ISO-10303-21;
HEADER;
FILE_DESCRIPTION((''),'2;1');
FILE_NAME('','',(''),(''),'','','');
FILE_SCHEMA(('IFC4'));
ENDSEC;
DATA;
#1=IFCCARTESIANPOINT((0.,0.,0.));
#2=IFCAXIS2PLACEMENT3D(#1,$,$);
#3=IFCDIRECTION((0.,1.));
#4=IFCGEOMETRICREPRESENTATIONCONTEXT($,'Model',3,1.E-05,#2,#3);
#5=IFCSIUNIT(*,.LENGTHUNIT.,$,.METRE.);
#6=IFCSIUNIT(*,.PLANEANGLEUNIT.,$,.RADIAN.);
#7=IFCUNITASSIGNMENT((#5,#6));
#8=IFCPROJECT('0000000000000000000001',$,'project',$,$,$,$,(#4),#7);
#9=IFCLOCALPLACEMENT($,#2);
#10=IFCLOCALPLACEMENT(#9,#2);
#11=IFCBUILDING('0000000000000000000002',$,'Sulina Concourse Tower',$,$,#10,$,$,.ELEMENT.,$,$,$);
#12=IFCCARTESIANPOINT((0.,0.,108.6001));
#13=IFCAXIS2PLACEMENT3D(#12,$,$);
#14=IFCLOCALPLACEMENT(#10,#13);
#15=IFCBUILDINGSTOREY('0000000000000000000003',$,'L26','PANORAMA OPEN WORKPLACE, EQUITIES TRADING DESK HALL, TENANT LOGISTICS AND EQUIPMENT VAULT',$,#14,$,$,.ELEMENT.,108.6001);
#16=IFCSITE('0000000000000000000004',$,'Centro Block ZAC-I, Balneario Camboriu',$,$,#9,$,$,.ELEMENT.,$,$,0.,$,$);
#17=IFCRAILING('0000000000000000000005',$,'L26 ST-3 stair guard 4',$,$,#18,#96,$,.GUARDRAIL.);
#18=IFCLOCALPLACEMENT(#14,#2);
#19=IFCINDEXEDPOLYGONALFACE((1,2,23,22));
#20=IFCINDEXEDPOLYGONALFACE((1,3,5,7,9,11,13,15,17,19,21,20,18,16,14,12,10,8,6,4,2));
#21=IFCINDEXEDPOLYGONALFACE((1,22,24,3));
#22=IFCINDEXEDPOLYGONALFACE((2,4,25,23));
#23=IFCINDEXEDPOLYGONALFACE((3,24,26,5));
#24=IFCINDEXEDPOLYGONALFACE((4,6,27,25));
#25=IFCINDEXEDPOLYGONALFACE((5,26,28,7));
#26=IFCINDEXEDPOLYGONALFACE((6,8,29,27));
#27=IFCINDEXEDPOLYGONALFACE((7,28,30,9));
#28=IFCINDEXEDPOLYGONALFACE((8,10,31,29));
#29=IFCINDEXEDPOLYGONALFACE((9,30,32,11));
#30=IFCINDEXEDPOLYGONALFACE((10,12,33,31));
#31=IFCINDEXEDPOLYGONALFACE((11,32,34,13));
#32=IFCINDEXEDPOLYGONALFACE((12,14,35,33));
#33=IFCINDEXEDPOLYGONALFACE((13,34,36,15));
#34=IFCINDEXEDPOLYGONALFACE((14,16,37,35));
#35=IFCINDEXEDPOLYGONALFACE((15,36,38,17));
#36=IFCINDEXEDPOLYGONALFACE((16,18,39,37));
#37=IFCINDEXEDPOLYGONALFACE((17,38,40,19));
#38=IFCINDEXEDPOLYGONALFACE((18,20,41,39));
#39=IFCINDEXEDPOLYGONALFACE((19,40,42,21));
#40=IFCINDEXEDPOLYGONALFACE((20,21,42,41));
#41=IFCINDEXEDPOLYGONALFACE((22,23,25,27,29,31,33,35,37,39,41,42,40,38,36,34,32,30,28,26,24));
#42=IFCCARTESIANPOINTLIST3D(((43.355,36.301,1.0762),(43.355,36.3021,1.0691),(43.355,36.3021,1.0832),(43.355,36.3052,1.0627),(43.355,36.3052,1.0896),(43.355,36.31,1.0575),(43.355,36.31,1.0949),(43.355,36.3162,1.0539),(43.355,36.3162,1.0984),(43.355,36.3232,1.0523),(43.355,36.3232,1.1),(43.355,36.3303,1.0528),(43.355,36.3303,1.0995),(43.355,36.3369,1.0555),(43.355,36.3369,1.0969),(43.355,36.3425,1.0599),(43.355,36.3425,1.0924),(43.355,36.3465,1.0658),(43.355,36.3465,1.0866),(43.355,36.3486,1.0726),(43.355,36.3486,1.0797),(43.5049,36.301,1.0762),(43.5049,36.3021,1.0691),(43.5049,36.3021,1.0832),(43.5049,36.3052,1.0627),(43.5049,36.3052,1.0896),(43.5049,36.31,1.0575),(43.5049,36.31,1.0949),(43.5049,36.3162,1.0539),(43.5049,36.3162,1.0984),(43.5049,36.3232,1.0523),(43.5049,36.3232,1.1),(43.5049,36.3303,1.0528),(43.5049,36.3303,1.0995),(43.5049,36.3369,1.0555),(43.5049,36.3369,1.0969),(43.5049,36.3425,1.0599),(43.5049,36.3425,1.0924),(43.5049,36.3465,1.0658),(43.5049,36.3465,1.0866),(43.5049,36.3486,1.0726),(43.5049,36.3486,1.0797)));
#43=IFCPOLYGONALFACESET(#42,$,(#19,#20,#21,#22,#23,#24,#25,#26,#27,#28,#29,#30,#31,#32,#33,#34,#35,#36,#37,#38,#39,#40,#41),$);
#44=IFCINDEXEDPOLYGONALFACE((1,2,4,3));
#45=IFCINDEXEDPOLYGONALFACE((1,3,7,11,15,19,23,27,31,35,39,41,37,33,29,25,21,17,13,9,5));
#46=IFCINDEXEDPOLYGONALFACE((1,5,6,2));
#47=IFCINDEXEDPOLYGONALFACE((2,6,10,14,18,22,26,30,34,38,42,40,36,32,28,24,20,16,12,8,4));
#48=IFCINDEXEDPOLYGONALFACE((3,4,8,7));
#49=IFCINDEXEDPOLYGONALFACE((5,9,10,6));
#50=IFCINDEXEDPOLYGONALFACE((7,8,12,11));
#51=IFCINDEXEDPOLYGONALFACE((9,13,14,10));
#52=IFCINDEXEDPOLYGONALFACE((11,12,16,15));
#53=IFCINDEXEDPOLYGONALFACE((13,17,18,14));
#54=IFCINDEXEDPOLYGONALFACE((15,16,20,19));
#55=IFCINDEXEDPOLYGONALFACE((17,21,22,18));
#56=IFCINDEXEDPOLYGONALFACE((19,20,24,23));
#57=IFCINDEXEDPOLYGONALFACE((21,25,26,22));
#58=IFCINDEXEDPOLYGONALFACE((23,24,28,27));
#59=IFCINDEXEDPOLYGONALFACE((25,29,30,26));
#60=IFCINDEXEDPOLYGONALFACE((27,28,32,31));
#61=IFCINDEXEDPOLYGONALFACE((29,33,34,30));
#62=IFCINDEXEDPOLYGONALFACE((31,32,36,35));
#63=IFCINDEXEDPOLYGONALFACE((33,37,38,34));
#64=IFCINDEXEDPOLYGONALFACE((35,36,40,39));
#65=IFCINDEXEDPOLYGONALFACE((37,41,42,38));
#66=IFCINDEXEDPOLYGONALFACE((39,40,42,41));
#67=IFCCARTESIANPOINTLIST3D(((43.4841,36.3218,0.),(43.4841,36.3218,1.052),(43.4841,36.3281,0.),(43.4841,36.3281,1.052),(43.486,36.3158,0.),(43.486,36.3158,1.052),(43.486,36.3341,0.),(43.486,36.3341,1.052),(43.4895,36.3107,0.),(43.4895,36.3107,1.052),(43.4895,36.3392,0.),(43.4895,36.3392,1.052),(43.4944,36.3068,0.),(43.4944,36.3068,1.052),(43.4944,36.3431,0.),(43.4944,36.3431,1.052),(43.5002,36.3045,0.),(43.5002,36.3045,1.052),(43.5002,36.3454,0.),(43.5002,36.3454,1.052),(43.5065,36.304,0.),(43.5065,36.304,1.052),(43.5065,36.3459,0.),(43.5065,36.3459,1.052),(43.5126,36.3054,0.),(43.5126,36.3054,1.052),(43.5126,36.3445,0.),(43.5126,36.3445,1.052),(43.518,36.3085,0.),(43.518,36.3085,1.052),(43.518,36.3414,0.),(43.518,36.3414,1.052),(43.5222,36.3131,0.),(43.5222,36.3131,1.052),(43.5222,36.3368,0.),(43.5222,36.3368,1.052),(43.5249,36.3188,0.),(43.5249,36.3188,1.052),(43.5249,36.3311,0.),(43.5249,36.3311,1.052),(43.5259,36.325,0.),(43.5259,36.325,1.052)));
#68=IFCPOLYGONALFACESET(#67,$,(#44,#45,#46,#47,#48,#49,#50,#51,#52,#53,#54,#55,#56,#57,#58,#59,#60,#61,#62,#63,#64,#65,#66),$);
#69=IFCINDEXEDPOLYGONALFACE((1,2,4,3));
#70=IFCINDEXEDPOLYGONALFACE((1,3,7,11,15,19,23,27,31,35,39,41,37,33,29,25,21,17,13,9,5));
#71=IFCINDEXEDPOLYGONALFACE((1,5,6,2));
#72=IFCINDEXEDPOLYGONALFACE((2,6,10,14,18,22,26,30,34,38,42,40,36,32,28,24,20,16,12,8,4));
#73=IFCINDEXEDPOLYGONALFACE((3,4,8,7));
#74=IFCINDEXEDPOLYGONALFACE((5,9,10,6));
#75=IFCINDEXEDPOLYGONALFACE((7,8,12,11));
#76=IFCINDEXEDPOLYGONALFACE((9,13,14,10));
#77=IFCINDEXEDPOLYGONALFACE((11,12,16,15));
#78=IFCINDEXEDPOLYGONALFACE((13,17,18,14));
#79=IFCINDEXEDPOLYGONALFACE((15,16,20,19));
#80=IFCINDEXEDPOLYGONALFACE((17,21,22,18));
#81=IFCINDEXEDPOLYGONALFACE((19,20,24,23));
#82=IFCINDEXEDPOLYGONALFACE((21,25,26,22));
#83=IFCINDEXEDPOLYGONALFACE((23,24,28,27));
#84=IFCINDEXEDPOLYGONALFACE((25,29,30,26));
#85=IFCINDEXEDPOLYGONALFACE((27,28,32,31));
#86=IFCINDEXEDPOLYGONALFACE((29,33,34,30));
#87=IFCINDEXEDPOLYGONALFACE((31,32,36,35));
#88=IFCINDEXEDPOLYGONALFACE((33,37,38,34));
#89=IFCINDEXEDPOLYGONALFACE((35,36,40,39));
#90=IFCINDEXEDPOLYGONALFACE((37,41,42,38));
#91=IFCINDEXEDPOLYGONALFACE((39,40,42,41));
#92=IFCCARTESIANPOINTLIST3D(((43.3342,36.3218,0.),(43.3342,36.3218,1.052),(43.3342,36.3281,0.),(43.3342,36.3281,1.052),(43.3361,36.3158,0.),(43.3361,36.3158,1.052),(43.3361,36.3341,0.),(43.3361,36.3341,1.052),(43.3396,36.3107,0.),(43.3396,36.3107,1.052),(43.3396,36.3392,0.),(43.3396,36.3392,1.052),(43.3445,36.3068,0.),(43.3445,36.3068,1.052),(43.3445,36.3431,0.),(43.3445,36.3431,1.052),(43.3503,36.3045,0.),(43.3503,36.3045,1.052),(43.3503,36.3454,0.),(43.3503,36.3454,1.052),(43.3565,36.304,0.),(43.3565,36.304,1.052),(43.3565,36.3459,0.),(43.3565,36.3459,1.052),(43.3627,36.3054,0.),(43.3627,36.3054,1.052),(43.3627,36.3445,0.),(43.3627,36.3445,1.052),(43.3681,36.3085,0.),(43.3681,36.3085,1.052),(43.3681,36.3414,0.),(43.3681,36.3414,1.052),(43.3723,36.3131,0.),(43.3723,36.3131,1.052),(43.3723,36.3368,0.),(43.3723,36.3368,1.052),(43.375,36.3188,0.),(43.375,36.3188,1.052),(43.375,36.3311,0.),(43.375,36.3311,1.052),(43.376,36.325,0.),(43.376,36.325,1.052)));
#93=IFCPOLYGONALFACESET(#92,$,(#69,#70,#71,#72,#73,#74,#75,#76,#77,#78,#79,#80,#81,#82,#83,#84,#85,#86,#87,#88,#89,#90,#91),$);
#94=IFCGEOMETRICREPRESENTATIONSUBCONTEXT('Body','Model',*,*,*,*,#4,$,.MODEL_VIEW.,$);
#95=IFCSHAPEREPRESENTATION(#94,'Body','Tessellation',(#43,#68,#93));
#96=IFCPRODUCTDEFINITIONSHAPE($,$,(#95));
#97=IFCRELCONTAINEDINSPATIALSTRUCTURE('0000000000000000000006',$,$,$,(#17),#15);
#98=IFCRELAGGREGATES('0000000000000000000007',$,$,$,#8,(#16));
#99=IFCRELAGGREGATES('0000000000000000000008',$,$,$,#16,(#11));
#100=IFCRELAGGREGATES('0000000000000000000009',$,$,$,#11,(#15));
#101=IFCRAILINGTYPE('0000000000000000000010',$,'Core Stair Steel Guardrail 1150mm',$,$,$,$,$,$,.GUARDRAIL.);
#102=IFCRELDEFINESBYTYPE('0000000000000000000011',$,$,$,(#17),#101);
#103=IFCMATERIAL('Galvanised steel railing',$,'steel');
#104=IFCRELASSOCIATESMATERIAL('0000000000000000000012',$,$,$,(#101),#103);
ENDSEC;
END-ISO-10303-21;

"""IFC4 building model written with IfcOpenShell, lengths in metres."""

from ifc_helpers import new_model, si_unit, direction, frame, origin, origin_2d, place, context, subcontext, project, spatial, circle, extrude, material, type_object, element, save


model = new_model("IFC4")

# Units and contexts
model_context = context("Model", 3, precision=1e-05, world=origin(), true_north=direction((0.0, 1.0)))
body_context = subcontext(model_context, "Body", "Model", "MODEL_VIEW")
ifc_project = project(units=[si_unit("LENGTHUNIT", "METRE"), si_unit("PLANEANGLEUNIT", "RADIAN")], contexts=[model_context])

# Site, building, storey
site_placement = place(None, origin())
site = spatial("IfcSite", under=ifc_project, at=site_placement, Name="Centro Block ZAC-I, Balneario Camboriu", CompositionType="ELEMENT", RefElevation=0.0)
building_placement = place(site_placement, origin())
building = spatial("IfcBuilding", under=site, at=building_placement, Name="Sulina Concourse Tower", CompositionType="ELEMENT")
storey_placement = place(building_placement, frame((0.0, 0.0, 108.6001)))
storey = spatial("IfcBuildingStorey", under=building, at=storey_placement, Name="L26", Description="PANORAMA OPEN WORKPLACE, EQUITIES TRADING DESK HALL, TENANT LOGISTICS AND EQUIPMENT VAULT", CompositionType="ELEMENT", Elevation=108.6001)

# Railing
ifc_material_1 = material(Name="Galvanised steel railing", Category="steel")
railing_type_1 = type_object("IfcRailingType", Name="Core Stair Steel Guardrail 1150mm", PredefinedType="GUARDRAIL", material=ifc_material_1)
railing_1_placement = place(storey_placement, frame((43.5049, 36.325, 0.0)))
element("IfcRailing", 1, at=railing_1_placement, inside=storey, type_object=railing_type_1, Name="L26 ST-3 stair guard 4", PredefinedType="GUARDRAIL", context=body_context, shape_type="SweptSolid", body=[
    extrude(circle(Radius=0.0239, at=origin_2d()), frame((0.0, 0.0, 1.0762), z_axis=(-1.0, 0.0, 0.0), x_axis=(0.0, -1.0, 0.0)), (0.0, 0.0, 1.0), 0.1499),
    extrude(circle(Radius=0.021, at=origin_2d()), origin(), (0.0, 0.0, 1.0), 1.052),
    extrude(circle(Radius=0.021, at=origin_2d()), frame((-0.1499, 0.0, 0.0)), (0.0, 0.0, 1.0), 1.052),
])

save(model, "model.ifc")
